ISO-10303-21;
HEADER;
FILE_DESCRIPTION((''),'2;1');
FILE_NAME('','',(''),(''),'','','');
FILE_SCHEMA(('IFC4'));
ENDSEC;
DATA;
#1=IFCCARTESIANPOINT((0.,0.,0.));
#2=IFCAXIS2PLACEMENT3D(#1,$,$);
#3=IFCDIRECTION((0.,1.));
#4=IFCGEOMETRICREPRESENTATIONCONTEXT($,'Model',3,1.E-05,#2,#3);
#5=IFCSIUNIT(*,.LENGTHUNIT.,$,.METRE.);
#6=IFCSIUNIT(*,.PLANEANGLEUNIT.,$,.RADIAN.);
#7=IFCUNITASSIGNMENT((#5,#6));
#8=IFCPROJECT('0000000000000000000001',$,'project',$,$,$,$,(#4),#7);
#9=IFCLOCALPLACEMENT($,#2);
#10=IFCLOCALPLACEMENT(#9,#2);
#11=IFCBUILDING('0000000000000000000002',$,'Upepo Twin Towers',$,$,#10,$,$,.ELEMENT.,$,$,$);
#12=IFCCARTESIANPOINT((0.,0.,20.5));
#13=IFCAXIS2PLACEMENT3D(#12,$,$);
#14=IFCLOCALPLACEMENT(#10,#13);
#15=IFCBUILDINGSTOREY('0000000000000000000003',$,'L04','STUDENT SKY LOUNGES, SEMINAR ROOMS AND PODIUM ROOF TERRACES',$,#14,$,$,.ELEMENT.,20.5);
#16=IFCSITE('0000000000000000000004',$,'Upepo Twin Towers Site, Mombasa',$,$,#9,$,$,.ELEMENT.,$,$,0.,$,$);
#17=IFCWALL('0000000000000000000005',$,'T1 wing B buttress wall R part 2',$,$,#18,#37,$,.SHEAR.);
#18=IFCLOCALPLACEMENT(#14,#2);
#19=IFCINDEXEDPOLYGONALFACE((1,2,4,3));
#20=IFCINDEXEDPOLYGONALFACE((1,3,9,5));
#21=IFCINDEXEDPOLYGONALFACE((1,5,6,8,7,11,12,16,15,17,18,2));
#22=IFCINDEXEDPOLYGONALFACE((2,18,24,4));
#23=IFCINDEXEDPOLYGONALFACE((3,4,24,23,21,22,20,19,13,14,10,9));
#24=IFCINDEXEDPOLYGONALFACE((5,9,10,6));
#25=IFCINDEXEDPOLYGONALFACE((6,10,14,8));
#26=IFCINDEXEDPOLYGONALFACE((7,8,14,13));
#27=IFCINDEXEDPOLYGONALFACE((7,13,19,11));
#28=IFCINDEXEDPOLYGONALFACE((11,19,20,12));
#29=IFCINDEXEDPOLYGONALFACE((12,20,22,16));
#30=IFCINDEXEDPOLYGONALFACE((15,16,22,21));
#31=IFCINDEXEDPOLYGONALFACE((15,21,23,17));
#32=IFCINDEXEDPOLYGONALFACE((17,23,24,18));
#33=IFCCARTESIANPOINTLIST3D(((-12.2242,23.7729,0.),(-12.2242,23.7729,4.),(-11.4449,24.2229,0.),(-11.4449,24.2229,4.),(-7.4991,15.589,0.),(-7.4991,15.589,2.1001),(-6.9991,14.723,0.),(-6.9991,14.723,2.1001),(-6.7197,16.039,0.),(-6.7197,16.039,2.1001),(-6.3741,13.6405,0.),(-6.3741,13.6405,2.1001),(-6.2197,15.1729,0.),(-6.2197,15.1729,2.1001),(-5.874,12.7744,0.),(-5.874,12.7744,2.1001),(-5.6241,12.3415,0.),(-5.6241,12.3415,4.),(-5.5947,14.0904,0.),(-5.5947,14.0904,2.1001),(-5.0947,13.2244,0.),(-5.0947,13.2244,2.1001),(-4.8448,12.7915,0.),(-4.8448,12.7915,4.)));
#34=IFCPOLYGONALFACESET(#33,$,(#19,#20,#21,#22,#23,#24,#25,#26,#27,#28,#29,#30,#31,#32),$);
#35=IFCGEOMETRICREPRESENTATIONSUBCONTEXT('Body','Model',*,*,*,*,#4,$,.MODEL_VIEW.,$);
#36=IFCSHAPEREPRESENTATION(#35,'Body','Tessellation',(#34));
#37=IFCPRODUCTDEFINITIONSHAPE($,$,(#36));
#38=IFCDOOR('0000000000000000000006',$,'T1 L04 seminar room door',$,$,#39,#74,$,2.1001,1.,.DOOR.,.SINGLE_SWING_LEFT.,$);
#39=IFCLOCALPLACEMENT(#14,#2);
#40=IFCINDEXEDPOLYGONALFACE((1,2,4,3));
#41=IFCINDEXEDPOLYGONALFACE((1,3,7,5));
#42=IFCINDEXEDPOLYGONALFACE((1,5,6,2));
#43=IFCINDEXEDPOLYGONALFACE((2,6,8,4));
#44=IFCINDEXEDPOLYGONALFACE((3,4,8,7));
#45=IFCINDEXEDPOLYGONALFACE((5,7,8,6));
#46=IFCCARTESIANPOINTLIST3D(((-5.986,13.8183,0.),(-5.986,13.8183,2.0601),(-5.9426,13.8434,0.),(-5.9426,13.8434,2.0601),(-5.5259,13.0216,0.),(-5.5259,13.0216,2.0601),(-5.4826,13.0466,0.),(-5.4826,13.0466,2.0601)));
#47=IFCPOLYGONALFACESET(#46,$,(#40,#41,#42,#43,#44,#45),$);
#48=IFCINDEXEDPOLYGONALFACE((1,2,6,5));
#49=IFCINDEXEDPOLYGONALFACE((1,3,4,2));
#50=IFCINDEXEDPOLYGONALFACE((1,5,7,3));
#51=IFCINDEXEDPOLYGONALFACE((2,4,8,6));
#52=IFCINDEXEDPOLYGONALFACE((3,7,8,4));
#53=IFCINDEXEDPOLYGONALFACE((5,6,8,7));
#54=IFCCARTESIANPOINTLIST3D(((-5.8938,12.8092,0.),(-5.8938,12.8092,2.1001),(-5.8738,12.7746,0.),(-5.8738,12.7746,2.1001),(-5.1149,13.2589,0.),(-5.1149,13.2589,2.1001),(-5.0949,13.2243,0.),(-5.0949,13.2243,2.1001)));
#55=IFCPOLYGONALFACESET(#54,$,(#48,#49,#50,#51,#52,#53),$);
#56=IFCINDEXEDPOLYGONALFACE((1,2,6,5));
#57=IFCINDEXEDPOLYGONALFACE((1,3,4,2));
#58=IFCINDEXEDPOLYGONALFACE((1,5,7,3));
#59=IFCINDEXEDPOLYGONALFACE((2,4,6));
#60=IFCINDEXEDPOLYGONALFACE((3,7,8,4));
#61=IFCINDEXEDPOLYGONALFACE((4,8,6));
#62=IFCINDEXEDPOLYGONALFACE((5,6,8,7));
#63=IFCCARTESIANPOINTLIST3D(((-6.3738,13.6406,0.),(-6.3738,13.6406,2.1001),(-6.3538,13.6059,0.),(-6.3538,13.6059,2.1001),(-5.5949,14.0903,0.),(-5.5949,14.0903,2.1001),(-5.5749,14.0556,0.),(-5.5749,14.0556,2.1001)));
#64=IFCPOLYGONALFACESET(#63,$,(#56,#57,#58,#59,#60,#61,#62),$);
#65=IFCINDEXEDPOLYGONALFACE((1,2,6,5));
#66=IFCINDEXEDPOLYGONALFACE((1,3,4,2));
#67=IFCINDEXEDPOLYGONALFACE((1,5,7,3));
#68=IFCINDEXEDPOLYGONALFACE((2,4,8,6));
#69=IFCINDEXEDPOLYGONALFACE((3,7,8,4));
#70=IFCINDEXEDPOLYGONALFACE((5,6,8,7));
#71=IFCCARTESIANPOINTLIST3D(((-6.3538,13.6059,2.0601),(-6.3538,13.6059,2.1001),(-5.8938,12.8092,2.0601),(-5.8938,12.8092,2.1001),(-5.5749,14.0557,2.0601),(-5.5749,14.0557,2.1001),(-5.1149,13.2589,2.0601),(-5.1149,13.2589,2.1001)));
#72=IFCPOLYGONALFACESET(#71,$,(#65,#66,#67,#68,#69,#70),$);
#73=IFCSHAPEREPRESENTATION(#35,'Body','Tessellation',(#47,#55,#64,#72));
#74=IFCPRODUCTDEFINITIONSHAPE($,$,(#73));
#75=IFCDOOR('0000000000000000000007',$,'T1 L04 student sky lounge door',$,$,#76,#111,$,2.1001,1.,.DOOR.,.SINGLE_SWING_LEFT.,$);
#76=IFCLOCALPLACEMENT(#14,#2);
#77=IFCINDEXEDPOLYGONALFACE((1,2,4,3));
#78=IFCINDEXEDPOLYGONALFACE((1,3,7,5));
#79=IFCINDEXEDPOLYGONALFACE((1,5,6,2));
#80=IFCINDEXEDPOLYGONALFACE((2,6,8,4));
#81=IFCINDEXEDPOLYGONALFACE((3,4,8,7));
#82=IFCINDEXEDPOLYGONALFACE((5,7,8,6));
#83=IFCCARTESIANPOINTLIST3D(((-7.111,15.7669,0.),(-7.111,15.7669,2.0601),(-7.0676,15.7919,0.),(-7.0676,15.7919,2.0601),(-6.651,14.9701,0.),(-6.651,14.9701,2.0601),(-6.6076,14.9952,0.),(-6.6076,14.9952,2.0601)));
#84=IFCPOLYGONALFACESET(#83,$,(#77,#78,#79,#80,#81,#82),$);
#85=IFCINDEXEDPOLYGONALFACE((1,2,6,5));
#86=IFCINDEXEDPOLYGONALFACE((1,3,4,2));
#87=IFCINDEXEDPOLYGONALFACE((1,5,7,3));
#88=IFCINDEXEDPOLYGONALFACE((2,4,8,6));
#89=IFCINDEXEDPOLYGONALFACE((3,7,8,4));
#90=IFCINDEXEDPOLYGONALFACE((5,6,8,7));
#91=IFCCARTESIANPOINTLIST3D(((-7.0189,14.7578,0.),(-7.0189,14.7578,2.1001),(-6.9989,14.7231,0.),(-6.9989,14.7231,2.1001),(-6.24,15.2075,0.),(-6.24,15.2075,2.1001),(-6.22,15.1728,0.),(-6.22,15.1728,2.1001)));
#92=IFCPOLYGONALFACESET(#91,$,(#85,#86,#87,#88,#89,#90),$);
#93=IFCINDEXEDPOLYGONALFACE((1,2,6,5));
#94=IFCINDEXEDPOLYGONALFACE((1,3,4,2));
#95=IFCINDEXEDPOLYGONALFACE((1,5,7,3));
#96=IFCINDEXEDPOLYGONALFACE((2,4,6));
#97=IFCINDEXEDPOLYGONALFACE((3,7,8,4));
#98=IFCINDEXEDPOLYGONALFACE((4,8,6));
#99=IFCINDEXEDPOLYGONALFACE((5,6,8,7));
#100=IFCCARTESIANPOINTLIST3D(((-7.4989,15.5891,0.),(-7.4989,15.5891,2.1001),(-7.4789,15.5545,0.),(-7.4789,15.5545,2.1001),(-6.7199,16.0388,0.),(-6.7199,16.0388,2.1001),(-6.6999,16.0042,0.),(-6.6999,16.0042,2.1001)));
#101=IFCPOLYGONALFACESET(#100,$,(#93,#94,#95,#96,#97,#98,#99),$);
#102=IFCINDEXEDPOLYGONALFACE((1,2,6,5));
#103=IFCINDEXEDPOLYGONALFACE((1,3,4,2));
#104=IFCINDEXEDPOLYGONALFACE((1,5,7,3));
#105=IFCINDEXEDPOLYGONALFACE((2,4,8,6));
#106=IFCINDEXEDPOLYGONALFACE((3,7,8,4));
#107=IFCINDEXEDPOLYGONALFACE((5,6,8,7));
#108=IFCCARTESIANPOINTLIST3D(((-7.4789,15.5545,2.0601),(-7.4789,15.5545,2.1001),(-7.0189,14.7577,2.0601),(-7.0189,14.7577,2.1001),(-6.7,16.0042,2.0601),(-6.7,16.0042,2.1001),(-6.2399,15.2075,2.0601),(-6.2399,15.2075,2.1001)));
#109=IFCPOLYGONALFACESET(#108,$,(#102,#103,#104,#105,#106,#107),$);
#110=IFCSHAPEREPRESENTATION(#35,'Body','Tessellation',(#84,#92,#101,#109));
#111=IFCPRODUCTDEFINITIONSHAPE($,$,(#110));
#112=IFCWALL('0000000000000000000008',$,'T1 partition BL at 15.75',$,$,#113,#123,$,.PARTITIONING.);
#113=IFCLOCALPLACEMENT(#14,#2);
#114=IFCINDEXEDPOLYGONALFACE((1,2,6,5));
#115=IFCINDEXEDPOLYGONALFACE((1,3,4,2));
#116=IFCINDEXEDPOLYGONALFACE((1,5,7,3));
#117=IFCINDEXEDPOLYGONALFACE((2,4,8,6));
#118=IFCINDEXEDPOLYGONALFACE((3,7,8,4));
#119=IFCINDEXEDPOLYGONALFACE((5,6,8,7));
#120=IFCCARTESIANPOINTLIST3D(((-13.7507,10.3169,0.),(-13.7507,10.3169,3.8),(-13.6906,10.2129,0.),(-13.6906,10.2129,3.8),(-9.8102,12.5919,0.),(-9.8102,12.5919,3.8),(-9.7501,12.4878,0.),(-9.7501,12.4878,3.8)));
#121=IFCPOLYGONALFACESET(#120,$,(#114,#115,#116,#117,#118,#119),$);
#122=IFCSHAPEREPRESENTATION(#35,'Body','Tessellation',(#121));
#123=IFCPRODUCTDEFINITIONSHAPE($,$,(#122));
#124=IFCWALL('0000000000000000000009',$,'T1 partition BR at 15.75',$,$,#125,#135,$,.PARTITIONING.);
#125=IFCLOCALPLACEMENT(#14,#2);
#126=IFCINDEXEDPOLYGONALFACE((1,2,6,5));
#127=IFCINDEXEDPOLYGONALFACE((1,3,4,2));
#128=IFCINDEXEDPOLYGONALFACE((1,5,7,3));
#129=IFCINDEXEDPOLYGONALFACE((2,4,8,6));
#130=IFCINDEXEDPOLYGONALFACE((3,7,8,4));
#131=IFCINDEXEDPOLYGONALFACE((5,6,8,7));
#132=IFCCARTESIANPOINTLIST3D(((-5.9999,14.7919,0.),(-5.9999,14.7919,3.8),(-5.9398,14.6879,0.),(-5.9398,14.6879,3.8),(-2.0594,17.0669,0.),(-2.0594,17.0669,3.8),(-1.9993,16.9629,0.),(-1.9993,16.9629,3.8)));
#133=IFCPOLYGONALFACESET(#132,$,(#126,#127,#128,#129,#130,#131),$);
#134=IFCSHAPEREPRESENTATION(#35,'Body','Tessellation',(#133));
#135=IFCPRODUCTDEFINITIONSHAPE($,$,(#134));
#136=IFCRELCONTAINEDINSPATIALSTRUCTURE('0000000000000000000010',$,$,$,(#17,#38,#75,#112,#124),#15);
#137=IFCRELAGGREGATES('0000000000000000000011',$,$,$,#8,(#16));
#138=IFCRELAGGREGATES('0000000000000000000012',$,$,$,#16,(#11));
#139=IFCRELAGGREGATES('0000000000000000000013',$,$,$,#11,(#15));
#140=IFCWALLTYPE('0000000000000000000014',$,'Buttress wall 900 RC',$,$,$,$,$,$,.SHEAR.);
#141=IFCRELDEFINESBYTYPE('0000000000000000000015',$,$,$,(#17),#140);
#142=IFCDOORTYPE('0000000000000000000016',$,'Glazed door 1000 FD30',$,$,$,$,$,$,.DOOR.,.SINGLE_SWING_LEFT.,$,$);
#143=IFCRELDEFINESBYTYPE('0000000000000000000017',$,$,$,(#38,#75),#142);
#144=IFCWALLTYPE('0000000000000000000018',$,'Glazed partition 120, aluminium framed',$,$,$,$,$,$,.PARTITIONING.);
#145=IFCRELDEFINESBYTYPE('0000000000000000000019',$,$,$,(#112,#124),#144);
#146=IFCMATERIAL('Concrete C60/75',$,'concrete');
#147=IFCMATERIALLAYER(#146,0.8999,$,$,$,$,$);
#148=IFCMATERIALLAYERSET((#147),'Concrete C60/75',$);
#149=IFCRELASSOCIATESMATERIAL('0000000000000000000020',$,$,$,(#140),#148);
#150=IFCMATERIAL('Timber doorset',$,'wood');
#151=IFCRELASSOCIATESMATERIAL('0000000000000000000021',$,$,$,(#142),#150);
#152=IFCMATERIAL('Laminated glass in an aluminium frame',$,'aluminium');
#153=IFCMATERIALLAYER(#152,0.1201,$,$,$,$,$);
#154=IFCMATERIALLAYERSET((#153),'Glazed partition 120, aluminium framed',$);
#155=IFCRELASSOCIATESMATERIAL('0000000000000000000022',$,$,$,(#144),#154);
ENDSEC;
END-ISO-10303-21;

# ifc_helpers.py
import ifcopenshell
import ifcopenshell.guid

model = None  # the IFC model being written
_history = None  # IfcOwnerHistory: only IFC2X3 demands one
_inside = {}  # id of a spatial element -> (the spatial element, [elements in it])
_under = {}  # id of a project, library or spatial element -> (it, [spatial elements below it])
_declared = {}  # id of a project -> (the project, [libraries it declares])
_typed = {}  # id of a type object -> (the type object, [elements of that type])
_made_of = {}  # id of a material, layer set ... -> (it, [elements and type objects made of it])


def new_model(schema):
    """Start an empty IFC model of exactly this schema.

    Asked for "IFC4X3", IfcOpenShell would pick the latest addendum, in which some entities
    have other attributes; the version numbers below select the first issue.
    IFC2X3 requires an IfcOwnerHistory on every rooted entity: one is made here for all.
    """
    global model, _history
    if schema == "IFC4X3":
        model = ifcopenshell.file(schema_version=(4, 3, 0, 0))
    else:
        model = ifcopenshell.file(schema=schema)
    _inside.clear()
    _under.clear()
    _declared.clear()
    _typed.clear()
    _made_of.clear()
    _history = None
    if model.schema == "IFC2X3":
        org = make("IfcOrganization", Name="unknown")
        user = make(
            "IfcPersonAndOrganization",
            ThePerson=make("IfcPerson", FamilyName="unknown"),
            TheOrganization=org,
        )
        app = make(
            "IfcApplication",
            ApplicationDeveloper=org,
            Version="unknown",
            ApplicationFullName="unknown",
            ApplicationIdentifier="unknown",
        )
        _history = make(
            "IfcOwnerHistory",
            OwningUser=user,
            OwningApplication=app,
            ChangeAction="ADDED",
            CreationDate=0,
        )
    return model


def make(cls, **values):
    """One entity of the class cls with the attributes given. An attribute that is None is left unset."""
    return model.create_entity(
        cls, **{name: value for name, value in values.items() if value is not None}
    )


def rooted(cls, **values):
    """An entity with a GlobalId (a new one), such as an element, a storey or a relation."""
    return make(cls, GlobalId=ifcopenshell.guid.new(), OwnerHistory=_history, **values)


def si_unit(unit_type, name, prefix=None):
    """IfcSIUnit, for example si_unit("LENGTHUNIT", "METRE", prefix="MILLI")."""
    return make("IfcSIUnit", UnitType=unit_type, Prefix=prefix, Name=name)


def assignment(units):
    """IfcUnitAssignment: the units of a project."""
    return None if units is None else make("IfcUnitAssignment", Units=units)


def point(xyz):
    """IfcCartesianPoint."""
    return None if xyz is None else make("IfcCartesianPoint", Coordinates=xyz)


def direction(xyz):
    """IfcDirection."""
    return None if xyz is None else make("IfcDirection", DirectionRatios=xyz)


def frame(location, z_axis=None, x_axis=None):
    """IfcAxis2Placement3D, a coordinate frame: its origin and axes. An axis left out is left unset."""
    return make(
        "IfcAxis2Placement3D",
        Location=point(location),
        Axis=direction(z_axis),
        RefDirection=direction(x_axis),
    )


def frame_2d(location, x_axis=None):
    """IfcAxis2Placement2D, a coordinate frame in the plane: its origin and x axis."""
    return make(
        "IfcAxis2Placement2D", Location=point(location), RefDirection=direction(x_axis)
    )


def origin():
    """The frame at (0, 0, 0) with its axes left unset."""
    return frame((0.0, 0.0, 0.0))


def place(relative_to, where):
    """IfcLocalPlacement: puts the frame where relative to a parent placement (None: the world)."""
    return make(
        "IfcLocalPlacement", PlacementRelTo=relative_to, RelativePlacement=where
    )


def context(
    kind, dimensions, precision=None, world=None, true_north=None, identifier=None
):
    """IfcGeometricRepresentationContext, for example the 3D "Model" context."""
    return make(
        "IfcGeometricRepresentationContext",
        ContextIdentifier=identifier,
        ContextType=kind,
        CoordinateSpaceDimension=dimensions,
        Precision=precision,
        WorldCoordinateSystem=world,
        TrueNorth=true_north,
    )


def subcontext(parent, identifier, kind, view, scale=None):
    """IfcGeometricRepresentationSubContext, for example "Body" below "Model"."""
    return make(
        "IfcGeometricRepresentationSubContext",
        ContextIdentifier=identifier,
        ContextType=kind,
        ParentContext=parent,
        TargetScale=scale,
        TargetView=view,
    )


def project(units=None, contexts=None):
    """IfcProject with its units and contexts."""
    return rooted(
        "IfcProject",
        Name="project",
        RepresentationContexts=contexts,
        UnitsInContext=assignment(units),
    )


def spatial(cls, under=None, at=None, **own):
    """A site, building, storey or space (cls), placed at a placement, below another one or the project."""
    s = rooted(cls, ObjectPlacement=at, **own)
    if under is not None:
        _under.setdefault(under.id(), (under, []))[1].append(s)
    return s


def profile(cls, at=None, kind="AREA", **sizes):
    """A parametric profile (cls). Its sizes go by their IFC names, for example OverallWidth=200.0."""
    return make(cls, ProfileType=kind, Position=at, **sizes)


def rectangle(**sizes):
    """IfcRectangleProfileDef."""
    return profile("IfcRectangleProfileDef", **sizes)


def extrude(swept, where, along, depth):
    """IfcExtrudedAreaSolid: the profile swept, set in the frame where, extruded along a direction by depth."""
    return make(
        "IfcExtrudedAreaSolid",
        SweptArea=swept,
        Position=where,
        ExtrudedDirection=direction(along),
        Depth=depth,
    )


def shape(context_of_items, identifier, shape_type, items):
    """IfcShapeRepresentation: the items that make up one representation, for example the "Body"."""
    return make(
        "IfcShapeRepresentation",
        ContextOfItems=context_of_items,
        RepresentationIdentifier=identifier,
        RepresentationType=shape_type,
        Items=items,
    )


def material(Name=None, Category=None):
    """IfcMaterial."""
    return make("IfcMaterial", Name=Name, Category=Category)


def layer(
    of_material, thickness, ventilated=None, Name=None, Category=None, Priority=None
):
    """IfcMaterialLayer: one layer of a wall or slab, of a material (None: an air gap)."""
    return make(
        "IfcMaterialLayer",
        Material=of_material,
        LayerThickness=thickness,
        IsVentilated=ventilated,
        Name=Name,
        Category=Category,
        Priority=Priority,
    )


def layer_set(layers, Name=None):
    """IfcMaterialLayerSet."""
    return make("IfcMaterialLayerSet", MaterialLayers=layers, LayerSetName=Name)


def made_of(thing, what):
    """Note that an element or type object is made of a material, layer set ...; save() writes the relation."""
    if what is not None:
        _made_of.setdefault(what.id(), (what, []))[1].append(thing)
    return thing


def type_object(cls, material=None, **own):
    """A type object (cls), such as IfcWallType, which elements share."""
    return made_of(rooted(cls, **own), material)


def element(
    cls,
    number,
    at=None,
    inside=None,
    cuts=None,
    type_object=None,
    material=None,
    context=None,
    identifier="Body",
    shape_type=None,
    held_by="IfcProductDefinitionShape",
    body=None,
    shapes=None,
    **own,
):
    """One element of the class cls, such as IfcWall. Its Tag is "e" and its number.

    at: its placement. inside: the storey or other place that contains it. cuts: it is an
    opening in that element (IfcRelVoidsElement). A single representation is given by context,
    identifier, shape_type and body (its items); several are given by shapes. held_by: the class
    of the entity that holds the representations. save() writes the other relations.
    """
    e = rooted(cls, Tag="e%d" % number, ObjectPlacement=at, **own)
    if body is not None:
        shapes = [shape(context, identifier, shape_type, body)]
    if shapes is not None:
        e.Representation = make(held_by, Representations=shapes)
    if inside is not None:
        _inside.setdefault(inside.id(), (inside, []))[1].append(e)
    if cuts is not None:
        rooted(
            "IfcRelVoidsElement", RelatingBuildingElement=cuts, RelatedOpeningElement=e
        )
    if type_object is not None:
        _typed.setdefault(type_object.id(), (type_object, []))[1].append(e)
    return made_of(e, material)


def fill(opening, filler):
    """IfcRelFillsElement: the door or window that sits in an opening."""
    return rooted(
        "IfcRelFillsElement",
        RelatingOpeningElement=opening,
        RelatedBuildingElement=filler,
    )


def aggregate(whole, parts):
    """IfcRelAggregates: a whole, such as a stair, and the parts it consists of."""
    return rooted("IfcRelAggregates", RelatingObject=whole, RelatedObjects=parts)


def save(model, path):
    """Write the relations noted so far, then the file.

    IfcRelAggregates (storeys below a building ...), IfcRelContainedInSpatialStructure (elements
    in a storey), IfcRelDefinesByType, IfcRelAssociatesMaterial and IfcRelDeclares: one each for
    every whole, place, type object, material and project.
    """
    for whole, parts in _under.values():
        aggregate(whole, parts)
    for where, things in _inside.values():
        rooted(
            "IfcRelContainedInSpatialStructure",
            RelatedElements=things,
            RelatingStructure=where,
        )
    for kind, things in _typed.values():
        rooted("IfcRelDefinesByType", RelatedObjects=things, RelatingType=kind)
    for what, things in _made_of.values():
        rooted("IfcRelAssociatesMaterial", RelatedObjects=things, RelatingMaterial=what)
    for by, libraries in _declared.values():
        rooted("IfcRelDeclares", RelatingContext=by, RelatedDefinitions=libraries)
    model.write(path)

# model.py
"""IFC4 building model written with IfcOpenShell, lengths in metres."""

from ifc_helpers import new_model, si_unit, direction, frame, frame_2d, origin, place, context, subcontext, project, spatial, rectangle, extrude, material, layer, layer_set, type_object, element, fill, save


model = new_model("IFC4")

# Units and contexts
model_context = context("Model", 3, precision=1e-05, world=origin(), true_north=direction((0.0, 1.0)))
body_context = subcontext(model_context, "Body", "Model", "MODEL_VIEW")
ifc_project = project(units=[si_unit("LENGTHUNIT", "METRE"), si_unit("PLANEANGLEUNIT", "RADIAN")], contexts=[model_context])

# Site, building, storey
site_placement = place(None, origin())
site = spatial("IfcSite", under=ifc_project, at=site_placement, Name="Upepo Twin Towers Site, Mombasa", CompositionType="ELEMENT", RefElevation=0.0)
building_placement = place(site_placement, origin())
building = spatial("IfcBuilding", under=site, at=building_placement, Name="Upepo Twin Towers", CompositionType="ELEMENT")
storey_placement = place(building_placement, frame((0.0, 0.0, 20.5)))
storey = spatial("IfcBuildingStorey", under=building, at=storey_placement, Name="L04", Description="STUDENT SKY LOUNGES, SEMINAR ROOMS AND PODIUM ROOF TERRACES", CompositionType="ELEMENT", Elevation=20.5)

# Wall, openings, doors
ifc_material_1 = material(Name="Concrete C60/75", Category="concrete")
ifc_layer_1 = layer(ifc_material_1, 0.8999)
ifc_layer_set_1 = layer_set([ifc_layer_1], Name="Concrete C60/75")
wall_type_1 = type_object("IfcWallType", Name="Buttress wall 900 RC", PredefinedType="SHEAR", material=ifc_layer_set_1)
ifc_material_2 = material(Name="Timber doorset", Category="wood")
door_type = type_object("IfcDoorType", Name="Glazed door 1000 FD30", OperationType="SINGLE_SWING_LEFT", PredefinedType="DOOR", material=ifc_material_2)
wall_1_placement = place(storey_placement, frame((-5.2344, 12.5664, 0.0), z_axis=(0.0, 0.0, 1.0), x_axis=(-0.50001, 0.86602, 0.0)))
wall_1 = element("IfcWall", 1, at=wall_1_placement, inside=storey, type_object=wall_type_1, Name="T1 wing B buttress wall R part 2", PredefinedType="SHEAR", context=body_context, shape_type="SweptSolid", body=[
    extrude(rectangle(XDim=13.2, YDim=0.8999, at=frame_2d((6.6001, 0.0))), origin(), (0.0, 0.0, 1.0), 4.0),
])
opening_1_placement = place(wall_1_placement, frame((0.5, 0.0, 0.0)))
opening_1 = element("IfcOpeningElement", 2, at=opening_1_placement, cuts=wall_1, PredefinedType="OPENING", context=body_context, shape_type="SweptSolid", body=[
    extrude(rectangle(XDim=1.0, YDim=2.1001, at=frame_2d((0.5, 1.05))), frame((0.0, 0.46, 0.0), z_axis=(0.0, -1.0, 0.0), x_axis=(1.0, 0.0, 0.0)), (0.0, 0.0, 1.0), 0.9199),
])
opening_2_placement = place(wall_1_placement, frame((2.75, 0.0, 0.0)))
opening_2 = element("IfcOpeningElement", 3, at=opening_2_placement, cuts=wall_1, PredefinedType="OPENING", context=body_context, shape_type="SweptSolid", body=[
    extrude(rectangle(XDim=1.0, YDim=2.1001, at=frame_2d((0.5, 1.05))), frame((0.0, 0.46, 0.0), z_axis=(0.0, -1.0, 0.0), x_axis=(1.0, 0.0, 0.0)), (0.0, 0.0, 1.0), 0.9199),
])
door_1_placement = place(opening_1_placement, origin())
door_1 = element("IfcDoor", 4, at=door_1_placement, inside=storey, type_object=door_type, Name="T1 L04 seminar room door", OperationType="SINGLE_SWING_LEFT", OverallHeight=2.1001, OverallWidth=1.0, PredefinedType="DOOR", context=body_context, shape_type="SweptSolid", body=[
    extrude(rectangle(XDim=0.92, YDim=2.0601, at=frame_2d((0.5, 1.03))), frame((0.0, 0.0249, 0.0), z_axis=(0.0, -1.0, 0.0), x_axis=(1.0, 0.0, 0.0)), (0.0, 0.0, 1.0), 0.05),
    extrude(rectangle(XDim=0.04, YDim=2.1001, at=frame_2d((0.02, 1.05))), frame((0.0, 0.4497, 0.0), z_axis=(0.0, -1.0, 0.0), x_axis=(1.0, 0.0, 0.0)), (0.0, 0.0, 1.0), 0.8994),
    extrude(rectangle(XDim=0.04, YDim=2.1001, at=frame_2d((0.98, 1.05))), frame((0.0, 0.4497, 0.0), z_axis=(0.0, -1.0, 0.0), x_axis=(1.0, 0.0, 0.0)), (0.0, 0.0, 1.0), 0.8994),
    extrude(rectangle(XDim=0.92, YDim=0.04, at=frame_2d((0.5, 2.0801))), frame((0.0, 0.4497, 0.0), z_axis=(0.0, -1.0, 0.0), x_axis=(1.0, 0.0, 0.0)), (0.0, 0.0, 1.0), 0.8994),
])
fill(opening_1, door_1)
door_2_placement = place(opening_2_placement, origin())
door_2 = element("IfcDoor", 5, at=door_2_placement, inside=storey, type_object=door_type, Name="T1 L04 student sky lounge door", OperationType="SINGLE_SWING_LEFT", OverallHeight=2.1001, OverallWidth=1.0, PredefinedType="DOOR", context=body_context, shape_type="SweptSolid", body=[
    extrude(rectangle(XDim=0.92, YDim=2.0601, at=frame_2d((0.5, 1.03))), frame((0.0, 0.0249, 0.0), z_axis=(0.0, -1.0, 0.0), x_axis=(1.0, 0.0, 0.0)), (0.0, 0.0, 1.0), 0.05),
    extrude(rectangle(XDim=0.04, YDim=2.1001, at=frame_2d((0.02, 1.05))), frame((0.0, 0.4497, 0.0), z_axis=(0.0, -1.0, 0.0), x_axis=(1.0, 0.0, 0.0)), (0.0, 0.0, 1.0), 0.8994),
    extrude(rectangle(XDim=0.04, YDim=2.1001, at=frame_2d((0.98, 1.05))), frame((0.0, 0.4497, 0.0), z_axis=(0.0, -1.0, 0.0), x_axis=(1.0, 0.0, 0.0)), (0.0, 0.0, 1.0), 0.8994),
    extrude(rectangle(XDim=0.92, YDim=0.04, at=frame_2d((0.5, 2.0801))), frame((0.0, 0.4497, 0.0), z_axis=(0.0, -1.0, 0.0), x_axis=(1.0, 0.0, 0.0)), (0.0, 0.0, 1.0), 0.8994),
])
fill(opening_2, door_2)

# Walls
ifc_material_3 = material(Name="Laminated glass in an aluminium frame", Category="aluminium")
ifc_layer_2 = layer(ifc_material_3, 0.1201)
ifc_layer_set_2 = layer_set([ifc_layer_2], Name="Glazed partition 120, aluminium framed")
wall_type_2 = type_object("IfcWallType", Name="Glazed partition 120, aluminium framed", PredefinedType="PARTITIONING", material=ifc_layer_set_2)
for number, where, z_axis, x_axis, name in (
    (6, (-9.7803, 12.5398, 0.0), (0.0, 0.0, 1.0), (-0.866035, -0.499983, 0.0), "T1 partition BL at 15.75"),
    (7, (-5.9697, 14.74, 0.0), (0.0, 0.0, 1.0), (0.866035, 0.499983, 0.0), "T1 partition BR at 15.75"),
):
    element("IfcWall", number, at=place(storey_placement, frame(where, z_axis=z_axis, x_axis=x_axis)), inside=storey, type_object=wall_type_2, Name=name, PredefinedType="PARTITIONING", context=body_context, shape_type="SweptSolid", body=[
        extrude(rectangle(XDim=4.55, YDim=0.1201, at=frame_2d((2.2749, 0.0))), origin(), (0.0, 0.0, 1.0), 3.8),
    ])

save(model, "model.ifc")
